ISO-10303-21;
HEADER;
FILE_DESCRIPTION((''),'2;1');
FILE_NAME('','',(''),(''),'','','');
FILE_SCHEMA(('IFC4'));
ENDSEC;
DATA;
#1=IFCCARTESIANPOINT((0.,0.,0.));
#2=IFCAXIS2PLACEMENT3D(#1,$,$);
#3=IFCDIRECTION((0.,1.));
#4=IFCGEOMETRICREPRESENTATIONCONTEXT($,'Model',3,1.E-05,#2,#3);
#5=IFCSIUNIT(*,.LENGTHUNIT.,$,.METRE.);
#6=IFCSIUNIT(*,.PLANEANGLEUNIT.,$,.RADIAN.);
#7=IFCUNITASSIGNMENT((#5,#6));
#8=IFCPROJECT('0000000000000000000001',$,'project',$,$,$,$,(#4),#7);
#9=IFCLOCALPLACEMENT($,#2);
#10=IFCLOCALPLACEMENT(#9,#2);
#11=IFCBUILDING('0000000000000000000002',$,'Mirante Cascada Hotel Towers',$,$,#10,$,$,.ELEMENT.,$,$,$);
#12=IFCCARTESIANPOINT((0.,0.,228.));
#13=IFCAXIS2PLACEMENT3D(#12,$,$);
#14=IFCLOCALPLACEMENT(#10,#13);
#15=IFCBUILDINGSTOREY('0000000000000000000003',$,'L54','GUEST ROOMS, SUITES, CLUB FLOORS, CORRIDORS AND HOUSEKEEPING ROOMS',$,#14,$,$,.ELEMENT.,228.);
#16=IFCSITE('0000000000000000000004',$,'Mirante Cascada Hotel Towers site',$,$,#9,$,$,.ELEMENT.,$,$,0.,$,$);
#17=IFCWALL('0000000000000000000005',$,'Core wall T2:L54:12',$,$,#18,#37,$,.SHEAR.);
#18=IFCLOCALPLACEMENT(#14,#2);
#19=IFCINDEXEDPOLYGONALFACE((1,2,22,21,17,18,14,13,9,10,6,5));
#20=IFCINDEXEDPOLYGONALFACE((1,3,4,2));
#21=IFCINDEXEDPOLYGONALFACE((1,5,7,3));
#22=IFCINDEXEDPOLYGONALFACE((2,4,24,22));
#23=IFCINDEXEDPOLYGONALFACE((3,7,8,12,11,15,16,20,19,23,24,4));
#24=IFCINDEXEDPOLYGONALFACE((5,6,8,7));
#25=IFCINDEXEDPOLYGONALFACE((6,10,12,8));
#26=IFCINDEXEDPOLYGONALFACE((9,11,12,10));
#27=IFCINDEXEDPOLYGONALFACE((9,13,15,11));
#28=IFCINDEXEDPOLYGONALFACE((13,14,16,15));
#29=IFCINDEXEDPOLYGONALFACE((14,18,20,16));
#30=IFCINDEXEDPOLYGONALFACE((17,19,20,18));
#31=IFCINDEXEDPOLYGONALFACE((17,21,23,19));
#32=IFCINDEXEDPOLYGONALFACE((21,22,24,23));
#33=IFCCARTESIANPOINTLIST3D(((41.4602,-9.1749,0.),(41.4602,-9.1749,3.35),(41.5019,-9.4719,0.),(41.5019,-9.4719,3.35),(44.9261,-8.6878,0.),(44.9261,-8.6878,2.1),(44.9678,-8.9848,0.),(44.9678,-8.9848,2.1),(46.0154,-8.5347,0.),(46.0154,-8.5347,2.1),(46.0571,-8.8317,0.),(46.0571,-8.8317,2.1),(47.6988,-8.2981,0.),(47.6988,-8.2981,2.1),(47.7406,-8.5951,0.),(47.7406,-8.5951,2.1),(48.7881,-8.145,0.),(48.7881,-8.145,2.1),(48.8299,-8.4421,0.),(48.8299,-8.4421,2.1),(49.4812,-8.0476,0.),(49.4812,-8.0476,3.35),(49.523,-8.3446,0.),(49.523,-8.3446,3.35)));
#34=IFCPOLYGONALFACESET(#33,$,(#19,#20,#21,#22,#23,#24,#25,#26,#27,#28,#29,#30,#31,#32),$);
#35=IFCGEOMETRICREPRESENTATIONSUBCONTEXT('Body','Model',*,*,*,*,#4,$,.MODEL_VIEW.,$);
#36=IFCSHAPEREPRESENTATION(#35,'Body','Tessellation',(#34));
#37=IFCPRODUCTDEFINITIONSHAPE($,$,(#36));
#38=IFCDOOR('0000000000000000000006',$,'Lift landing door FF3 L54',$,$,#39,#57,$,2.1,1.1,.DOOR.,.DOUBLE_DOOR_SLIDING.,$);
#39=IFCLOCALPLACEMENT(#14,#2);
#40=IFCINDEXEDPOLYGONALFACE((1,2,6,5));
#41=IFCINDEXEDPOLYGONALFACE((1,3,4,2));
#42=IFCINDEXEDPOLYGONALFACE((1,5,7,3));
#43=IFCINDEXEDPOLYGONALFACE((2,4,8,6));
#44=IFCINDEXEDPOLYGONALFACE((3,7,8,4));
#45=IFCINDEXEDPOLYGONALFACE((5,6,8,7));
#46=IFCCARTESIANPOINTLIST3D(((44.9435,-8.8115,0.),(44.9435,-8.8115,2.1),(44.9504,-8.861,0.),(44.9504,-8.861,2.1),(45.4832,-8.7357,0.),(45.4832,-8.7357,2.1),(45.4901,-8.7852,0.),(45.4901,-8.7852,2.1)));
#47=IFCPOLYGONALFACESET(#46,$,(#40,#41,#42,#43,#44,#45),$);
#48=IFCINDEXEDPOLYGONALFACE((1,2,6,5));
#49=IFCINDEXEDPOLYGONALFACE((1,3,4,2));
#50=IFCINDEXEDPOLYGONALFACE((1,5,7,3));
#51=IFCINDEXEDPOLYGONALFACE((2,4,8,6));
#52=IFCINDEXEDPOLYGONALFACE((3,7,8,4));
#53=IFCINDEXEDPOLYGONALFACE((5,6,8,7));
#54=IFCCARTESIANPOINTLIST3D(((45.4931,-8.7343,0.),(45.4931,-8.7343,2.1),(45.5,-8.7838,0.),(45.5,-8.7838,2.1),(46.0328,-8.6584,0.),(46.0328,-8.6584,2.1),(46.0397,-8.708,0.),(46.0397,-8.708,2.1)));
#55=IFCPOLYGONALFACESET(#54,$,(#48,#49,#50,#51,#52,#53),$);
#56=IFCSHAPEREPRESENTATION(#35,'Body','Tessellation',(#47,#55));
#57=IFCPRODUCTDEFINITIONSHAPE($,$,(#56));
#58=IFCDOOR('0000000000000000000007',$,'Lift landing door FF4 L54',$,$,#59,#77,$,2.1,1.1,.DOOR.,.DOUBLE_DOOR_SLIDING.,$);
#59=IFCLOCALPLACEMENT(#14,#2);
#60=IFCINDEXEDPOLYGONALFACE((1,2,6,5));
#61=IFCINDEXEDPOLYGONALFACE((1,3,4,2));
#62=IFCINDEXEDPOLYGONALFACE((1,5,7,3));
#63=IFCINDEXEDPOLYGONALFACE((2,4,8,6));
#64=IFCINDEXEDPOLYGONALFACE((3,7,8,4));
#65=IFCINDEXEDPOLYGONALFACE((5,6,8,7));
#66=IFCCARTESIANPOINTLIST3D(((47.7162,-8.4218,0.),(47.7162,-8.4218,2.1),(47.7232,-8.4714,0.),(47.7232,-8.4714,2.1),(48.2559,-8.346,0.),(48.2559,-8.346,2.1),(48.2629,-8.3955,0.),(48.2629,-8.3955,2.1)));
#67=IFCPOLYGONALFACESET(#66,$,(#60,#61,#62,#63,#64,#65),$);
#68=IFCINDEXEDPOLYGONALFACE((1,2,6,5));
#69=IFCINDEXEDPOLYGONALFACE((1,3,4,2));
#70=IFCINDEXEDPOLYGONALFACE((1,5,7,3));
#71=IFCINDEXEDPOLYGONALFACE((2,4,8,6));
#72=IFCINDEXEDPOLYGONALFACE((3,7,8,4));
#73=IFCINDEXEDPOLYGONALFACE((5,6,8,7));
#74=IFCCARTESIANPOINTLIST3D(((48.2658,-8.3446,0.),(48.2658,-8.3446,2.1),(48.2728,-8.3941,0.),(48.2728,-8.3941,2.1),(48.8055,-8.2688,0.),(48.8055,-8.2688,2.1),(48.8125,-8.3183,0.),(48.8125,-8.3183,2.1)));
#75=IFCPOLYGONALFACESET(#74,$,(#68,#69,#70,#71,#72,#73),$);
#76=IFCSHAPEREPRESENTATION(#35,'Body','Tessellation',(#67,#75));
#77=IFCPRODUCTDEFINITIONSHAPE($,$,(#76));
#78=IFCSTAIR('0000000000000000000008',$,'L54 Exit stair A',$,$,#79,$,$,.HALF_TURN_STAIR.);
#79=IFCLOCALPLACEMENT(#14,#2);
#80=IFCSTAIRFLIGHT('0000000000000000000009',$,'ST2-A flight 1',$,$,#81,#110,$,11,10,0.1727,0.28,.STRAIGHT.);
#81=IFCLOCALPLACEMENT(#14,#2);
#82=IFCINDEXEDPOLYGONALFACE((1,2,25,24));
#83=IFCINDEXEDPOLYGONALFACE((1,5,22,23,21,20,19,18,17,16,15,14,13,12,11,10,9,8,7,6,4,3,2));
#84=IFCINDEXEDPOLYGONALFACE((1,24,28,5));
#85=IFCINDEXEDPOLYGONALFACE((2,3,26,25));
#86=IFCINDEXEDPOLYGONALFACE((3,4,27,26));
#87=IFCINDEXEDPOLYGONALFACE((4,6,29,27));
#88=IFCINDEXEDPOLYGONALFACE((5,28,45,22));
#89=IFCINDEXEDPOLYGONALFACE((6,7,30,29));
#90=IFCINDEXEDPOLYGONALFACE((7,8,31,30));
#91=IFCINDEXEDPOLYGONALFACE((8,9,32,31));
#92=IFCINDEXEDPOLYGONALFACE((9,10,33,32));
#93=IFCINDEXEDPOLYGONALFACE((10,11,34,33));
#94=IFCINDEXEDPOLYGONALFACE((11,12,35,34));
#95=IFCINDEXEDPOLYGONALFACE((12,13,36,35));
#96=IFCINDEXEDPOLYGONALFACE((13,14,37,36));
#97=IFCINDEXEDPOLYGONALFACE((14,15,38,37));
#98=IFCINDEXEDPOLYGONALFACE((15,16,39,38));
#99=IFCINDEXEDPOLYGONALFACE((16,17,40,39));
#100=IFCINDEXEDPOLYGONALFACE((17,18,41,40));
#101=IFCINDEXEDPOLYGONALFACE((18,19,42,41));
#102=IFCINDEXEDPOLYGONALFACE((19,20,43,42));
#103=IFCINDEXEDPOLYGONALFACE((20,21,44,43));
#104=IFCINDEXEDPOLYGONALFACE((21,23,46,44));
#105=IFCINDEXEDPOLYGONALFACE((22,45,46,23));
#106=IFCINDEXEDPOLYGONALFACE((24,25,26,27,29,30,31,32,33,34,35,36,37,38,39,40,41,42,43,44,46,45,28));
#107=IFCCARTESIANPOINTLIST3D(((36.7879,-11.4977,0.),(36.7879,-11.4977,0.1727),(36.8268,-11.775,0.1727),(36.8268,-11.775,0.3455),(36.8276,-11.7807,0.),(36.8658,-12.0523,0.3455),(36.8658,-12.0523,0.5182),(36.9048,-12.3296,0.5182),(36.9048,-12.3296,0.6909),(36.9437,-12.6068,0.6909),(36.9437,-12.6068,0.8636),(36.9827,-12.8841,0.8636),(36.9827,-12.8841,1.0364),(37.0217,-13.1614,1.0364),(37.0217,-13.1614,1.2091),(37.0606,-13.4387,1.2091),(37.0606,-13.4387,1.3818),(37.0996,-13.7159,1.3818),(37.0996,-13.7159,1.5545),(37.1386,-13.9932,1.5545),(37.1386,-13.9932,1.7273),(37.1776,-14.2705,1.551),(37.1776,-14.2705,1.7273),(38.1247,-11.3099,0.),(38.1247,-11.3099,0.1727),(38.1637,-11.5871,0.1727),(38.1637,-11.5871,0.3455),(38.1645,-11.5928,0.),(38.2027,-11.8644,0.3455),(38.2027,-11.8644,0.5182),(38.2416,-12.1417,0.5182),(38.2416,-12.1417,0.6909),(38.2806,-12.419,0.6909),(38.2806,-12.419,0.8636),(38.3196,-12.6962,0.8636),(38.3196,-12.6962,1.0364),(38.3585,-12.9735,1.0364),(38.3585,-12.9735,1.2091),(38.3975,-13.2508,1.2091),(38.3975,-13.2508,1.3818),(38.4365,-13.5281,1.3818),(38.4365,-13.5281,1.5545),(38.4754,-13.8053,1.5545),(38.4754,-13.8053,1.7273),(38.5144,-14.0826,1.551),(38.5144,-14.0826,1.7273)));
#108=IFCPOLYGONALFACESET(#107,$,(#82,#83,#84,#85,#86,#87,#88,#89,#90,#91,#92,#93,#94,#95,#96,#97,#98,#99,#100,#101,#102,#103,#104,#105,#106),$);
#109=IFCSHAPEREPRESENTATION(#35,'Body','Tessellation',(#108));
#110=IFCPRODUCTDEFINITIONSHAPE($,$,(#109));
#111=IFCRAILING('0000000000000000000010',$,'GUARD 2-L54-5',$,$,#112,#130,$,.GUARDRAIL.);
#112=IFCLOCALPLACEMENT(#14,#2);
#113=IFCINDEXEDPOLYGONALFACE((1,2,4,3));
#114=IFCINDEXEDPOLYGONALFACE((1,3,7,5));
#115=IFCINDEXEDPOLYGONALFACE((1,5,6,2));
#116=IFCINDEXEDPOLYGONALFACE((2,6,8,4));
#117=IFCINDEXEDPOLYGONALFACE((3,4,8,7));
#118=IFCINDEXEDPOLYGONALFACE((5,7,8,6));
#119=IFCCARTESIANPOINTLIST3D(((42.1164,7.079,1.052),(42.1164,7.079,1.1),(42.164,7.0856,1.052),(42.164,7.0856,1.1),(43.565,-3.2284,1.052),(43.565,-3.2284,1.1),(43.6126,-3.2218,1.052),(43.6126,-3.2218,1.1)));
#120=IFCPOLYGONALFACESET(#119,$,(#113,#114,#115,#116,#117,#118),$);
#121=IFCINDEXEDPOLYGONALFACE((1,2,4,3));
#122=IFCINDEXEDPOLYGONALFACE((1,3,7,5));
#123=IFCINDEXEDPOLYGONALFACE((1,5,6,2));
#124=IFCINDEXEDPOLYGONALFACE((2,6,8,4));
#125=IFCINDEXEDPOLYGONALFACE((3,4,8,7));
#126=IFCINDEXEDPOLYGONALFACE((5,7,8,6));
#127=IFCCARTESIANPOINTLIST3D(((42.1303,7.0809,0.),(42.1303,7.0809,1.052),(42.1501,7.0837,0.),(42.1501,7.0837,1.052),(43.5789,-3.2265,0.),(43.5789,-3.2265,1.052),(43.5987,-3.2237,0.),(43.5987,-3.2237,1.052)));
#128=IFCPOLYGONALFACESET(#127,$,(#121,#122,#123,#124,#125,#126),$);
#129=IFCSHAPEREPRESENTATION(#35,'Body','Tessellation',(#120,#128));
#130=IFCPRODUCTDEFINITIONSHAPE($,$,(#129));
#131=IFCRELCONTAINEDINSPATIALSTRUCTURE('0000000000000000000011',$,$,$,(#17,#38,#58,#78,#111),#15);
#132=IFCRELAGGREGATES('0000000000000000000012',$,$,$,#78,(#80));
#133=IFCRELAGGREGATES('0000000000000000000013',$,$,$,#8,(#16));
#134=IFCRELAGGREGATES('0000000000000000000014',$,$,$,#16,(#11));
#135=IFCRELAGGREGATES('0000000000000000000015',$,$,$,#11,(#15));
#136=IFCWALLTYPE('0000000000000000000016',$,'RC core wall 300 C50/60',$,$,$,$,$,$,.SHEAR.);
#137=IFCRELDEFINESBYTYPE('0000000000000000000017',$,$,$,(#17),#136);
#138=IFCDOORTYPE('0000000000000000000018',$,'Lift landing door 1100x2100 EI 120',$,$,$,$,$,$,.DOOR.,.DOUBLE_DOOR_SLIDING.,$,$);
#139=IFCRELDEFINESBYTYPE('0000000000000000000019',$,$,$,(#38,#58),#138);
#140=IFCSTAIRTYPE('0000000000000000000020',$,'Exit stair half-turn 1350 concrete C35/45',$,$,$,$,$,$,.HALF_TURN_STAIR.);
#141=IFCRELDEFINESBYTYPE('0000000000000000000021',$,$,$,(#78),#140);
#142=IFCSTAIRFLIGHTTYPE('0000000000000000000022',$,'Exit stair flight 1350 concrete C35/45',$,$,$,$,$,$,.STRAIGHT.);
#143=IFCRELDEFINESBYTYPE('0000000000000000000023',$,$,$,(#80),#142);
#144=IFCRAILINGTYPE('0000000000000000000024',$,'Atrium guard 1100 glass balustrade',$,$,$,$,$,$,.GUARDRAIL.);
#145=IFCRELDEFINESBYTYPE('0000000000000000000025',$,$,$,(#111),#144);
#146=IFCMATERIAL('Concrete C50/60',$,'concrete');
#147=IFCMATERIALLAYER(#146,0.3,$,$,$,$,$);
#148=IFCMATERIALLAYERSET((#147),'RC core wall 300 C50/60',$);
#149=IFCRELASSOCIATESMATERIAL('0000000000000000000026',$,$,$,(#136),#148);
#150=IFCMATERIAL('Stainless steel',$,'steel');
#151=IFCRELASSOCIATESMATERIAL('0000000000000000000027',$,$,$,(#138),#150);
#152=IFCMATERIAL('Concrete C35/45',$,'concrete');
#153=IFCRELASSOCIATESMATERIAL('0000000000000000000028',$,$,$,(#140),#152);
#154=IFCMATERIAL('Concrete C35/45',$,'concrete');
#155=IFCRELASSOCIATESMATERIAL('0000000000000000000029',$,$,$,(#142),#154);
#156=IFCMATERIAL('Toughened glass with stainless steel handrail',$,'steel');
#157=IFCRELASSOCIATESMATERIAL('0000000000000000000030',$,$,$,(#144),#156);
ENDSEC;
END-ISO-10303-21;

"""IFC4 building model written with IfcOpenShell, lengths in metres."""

from ifc_helpers import new_model, si_unit, direction, frame, frame_2d, origin, origin_2d, place, context, subcontext, project, spatial, polyline, rectangle, outline, extrude, material, layer, layer_set, type_object, element, fill, aggregate, save


model = new_model("IFC4")

# Units and contexts
model_context = context("Model", 3, precision=1e-05, world=origin(), true_north=direction((0.0, 1.0)))
body_context = subcontext(model_context, "Body", "Model", "MODEL_VIEW")
ifc_project = project(units=[si_unit("LENGTHUNIT", "METRE"), si_unit("PLANEANGLEUNIT", "RADIAN")], contexts=[model_context])

# Site, building, storey
site_placement = place(None, origin())
site = spatial("IfcSite", under=ifc_project, at=site_placement, Name="Mirante Cascada Hotel Towers site", CompositionType="ELEMENT", RefElevation=0.0)
building_placement = place(site_placement, origin())
building = spatial("IfcBuilding", under=site, at=building_placement, Name="Mirante Cascada Hotel Towers", CompositionType="ELEMENT")
storey_placement = place(building_placement, frame((0.0, 0.0, 228.0)))
storey = spatial("IfcBuildingStorey", under=building, at=storey_placement, Name="L54", Description="GUEST ROOMS, SUITES, CLUB FLOORS, CORRIDORS AND HOUSEKEEPING ROOMS", CompositionType="ELEMENT", Elevation=228.0)

# Shared definitions
ifc_material_1 = material(Name="Concrete C50/60", Category="concrete")
ifc_layer_1 = layer(ifc_material_1, 0.3)
ifc_layer_set_1 = layer_set([ifc_layer_1], Name="RC core wall 300 C50/60")
wall_type_1 = type_object("IfcWallType", Name="RC core wall 300 C50/60", PredefinedType="SHEAR", material=ifc_layer_set_1)

# Wall, openings, doors
wall_1_placement = place(storey_placement, frame((41.481, -9.3234, 0.0), z_axis=(0.0, 0.0, 1.0), x_axis=(0.990268, 0.139174, 0.0)))
wall_1 = element("IfcWall", 1, at=wall_1_placement, inside=storey, type_object=wall_type_1, Name="Core wall T2:L54:12", PredefinedType="SHEAR", context=body_context, shape_type="SweptSolid", body=[
    extrude(rectangle(XDim=8.0999, YDim=0.3, at=frame_2d((4.05, 0.0))), origin(), (0.0, 0.0, 1.0), 3.35),
])
opening_1_placement = place(wall_1_placement, frame((3.5, 0.0, 0.0)))
opening_1 = element("IfcOpeningElement", 2, at=opening_1_placement, cuts=wall_1, PredefinedType="OPENING", context=body_context, shape_type="SweptSolid", body=[
    extrude(rectangle(XDim=1.1, YDim=2.1, at=frame_2d((0.55, 1.05))), frame((0.0, 0.15, 0.0), z_axis=(0.0, -1.0, 0.0), x_axis=(1.0, 0.0, 0.0)), (0.0, 0.0, 1.0), 0.3),
])
opening_2_placement = place(wall_1_placement, frame((6.3, 0.0, 0.0)))
opening_2 = element("IfcOpeningElement", 3, at=opening_2_placement, cuts=wall_1, PredefinedType="OPENING", context=body_context, shape_type="SweptSolid", body=[
    extrude(rectangle(XDim=1.1, YDim=2.1, at=frame_2d((0.55, 1.05))), frame((0.0, 0.15, 0.0), z_axis=(0.0, -1.0, 0.0), x_axis=(1.0, 0.0, 0.0)), (0.0, 0.0, 1.0), 0.3),
])
ifc_material_2 = material(Name="Stainless steel", Category="steel")
door_type_1 = type_object("IfcDoorType", Name="Lift landing door 1100x2100 EI 120", OperationType="DOUBLE_DOOR_SLIDING", PredefinedType="DOOR", material=ifc_material_2)
door_1_placement = place(opening_1_placement, origin())
door_1 = element("IfcDoor", 4, at=door_1_placement, inside=storey, type_object=door_type_1, Name="Lift landing door FF3 L54", OperationType="DOUBLE_DOOR_SLIDING", OverallHeight=2.1, OverallWidth=1.1, PredefinedType="DOOR", context=body_context, shape_type="SweptSolid", body=[
    extrude(rectangle(XDim=0.545, YDim=2.1, at=frame_2d((0.2725, 1.05))), frame((0.0, 0.025, 0.0), z_axis=(0.0, -1.0, 0.0), x_axis=(1.0, 0.0, 0.0)), (0.0, 0.0, 1.0), 0.05),
    extrude(rectangle(XDim=0.545, YDim=2.1, at=frame_2d((0.8275, 1.05))), frame((0.0, 0.025, 0.0), z_axis=(0.0, -1.0, 0.0), x_axis=(1.0, 0.0, 0.0)), (0.0, 0.0, 1.0), 0.05),
])
fill(opening_1, door_1)
door_2_placement = place(opening_2_placement, origin())
door_2 = element("IfcDoor", 5, at=door_2_placement, inside=storey, type_object=door_type_1, Name="Lift landing door FF4 L54", OperationType="DOUBLE_DOOR_SLIDING", OverallHeight=2.1, OverallWidth=1.1, PredefinedType="DOOR", context=body_context, shape_type="SweptSolid", body=[
    extrude(rectangle(XDim=0.545, YDim=2.1, at=frame_2d((0.2725, 1.05))), frame((0.0, 0.025, 0.0), z_axis=(0.0, -1.0, 0.0), x_axis=(1.0, 0.0, 0.0)), (0.0, 0.0, 1.0), 0.05),
    extrude(rectangle(XDim=0.545, YDim=2.1, at=frame_2d((0.8275, 1.05))), frame((0.0, 0.025, 0.0), z_axis=(0.0, -1.0, 0.0), x_axis=(1.0, 0.0, 0.0)), (0.0, 0.0, 1.0), 0.05),
])
fill(opening_2, door_2)

# Stair, stair flight
ifc_material_3 = material(Name="Concrete C35/45", Category="concrete")
stair_type = type_object("IfcStairType", Name="Exit stair half-turn 1350 concrete C35/45", PredefinedType="HALF_TURN_STAIR", material=ifc_material_3)
stair_placement = place(storey_placement, origin())
stair = element("IfcStair", 6, at=stair_placement, inside=storey, type_object=stair_type, Name="L54 Exit stair A", PredefinedType="HALF_TURN_STAIR")
ifc_material_4 = material(Name="Concrete C35/45", Category="concrete")
stair_flight_type = type_object("IfcStairFlightType", Name="Exit stair flight 1350 concrete C35/45", PredefinedType="STRAIGHT", material=ifc_material_4)
stair_flight_placement = place(storey_placement, frame((37.4563, -11.4038, 0.0), z_axis=(0.0, 0.0, 1.0), x_axis=(0.139173, -0.990268, 0.0)))
stair_flight = element("IfcStairFlight", 7, at=stair_flight_placement, type_object=stair_flight_type, Name="ST2-A flight 1", NumberOfRisers=11, NumberOfTreads=10, PredefinedType="STRAIGHT", RiserHeight=0.1727, TreadLength=0.28, context=body_context, shape_type="SweptSolid", body=[
    extrude(outline(polyline([(0.0, 0.0), (0.0, 0.1727), (0.28, 0.1727), (0.28, 0.3455), (0.56, 0.3455), (0.56, 0.5182), (0.84, 0.5182), (0.84, 0.6909), (1.12, 0.6909), (1.12, 0.8636), (1.4, 0.8636), (1.4, 1.0364), (1.68, 1.0364), (1.68, 1.2091), (1.96, 1.2091), (1.96, 1.3818), (2.24, 1.3818), (2.24, 1.5545), (2.52, 1.5545), (2.52, 1.7273), (2.8, 1.7273), (2.8, 1.9), (2.8, 1.551), (0.2857, 0.0), (0.0, 0.0)])), frame((0.0, 0.675, 0.0), z_axis=(0.0, -1.0, 0.0), x_axis=(1.0, 0.0, 0.0)), (0.0, 0.0, 1.0), 1.35),
])
aggregate(stair, [stair_flight])

# Railing
ifc_material_5 = material(Name="Toughened glass with stainless steel handrail", Category="steel")
railing_type_1 = type_object("IfcRailingType", Name="Atrium guard 1100 glass balustrade", PredefinedType="GUARDRAIL", material=ifc_material_5)
railing_1_placement = place(storey_placement, frame((43.5888, -3.2251, 0.0)))
element("IfcRailing", 8, at=railing_1_placement, inside=storey, type_object=railing_type_1, Name="GUARD 2-L54-5", PredefinedType="GUARDRAIL", context=body_context, shape_type="SweptSolid", body=[
    extrude(rectangle(XDim=0.048, YDim=0.048, at=origin_2d()), frame((0.0, 0.0, 1.076), z_axis=(-0.139172, 0.990268, 0.0), x_axis=(-0.990268, -0.139172, 0.0)), (0.0, 0.0, 1.0), 10.4087),
    extrude(rectangle(XDim=0.02, YDim=1.052, at=origin_2d()), frame((0.0, 0.0, 0.526), z_axis=(-0.139172, 0.990268, 0.0), x_axis=(-0.990268, -0.139172, 0.0)), (0.0, 0.0, 1.0), 10.4087),
])

save(model, "model.ifc")
